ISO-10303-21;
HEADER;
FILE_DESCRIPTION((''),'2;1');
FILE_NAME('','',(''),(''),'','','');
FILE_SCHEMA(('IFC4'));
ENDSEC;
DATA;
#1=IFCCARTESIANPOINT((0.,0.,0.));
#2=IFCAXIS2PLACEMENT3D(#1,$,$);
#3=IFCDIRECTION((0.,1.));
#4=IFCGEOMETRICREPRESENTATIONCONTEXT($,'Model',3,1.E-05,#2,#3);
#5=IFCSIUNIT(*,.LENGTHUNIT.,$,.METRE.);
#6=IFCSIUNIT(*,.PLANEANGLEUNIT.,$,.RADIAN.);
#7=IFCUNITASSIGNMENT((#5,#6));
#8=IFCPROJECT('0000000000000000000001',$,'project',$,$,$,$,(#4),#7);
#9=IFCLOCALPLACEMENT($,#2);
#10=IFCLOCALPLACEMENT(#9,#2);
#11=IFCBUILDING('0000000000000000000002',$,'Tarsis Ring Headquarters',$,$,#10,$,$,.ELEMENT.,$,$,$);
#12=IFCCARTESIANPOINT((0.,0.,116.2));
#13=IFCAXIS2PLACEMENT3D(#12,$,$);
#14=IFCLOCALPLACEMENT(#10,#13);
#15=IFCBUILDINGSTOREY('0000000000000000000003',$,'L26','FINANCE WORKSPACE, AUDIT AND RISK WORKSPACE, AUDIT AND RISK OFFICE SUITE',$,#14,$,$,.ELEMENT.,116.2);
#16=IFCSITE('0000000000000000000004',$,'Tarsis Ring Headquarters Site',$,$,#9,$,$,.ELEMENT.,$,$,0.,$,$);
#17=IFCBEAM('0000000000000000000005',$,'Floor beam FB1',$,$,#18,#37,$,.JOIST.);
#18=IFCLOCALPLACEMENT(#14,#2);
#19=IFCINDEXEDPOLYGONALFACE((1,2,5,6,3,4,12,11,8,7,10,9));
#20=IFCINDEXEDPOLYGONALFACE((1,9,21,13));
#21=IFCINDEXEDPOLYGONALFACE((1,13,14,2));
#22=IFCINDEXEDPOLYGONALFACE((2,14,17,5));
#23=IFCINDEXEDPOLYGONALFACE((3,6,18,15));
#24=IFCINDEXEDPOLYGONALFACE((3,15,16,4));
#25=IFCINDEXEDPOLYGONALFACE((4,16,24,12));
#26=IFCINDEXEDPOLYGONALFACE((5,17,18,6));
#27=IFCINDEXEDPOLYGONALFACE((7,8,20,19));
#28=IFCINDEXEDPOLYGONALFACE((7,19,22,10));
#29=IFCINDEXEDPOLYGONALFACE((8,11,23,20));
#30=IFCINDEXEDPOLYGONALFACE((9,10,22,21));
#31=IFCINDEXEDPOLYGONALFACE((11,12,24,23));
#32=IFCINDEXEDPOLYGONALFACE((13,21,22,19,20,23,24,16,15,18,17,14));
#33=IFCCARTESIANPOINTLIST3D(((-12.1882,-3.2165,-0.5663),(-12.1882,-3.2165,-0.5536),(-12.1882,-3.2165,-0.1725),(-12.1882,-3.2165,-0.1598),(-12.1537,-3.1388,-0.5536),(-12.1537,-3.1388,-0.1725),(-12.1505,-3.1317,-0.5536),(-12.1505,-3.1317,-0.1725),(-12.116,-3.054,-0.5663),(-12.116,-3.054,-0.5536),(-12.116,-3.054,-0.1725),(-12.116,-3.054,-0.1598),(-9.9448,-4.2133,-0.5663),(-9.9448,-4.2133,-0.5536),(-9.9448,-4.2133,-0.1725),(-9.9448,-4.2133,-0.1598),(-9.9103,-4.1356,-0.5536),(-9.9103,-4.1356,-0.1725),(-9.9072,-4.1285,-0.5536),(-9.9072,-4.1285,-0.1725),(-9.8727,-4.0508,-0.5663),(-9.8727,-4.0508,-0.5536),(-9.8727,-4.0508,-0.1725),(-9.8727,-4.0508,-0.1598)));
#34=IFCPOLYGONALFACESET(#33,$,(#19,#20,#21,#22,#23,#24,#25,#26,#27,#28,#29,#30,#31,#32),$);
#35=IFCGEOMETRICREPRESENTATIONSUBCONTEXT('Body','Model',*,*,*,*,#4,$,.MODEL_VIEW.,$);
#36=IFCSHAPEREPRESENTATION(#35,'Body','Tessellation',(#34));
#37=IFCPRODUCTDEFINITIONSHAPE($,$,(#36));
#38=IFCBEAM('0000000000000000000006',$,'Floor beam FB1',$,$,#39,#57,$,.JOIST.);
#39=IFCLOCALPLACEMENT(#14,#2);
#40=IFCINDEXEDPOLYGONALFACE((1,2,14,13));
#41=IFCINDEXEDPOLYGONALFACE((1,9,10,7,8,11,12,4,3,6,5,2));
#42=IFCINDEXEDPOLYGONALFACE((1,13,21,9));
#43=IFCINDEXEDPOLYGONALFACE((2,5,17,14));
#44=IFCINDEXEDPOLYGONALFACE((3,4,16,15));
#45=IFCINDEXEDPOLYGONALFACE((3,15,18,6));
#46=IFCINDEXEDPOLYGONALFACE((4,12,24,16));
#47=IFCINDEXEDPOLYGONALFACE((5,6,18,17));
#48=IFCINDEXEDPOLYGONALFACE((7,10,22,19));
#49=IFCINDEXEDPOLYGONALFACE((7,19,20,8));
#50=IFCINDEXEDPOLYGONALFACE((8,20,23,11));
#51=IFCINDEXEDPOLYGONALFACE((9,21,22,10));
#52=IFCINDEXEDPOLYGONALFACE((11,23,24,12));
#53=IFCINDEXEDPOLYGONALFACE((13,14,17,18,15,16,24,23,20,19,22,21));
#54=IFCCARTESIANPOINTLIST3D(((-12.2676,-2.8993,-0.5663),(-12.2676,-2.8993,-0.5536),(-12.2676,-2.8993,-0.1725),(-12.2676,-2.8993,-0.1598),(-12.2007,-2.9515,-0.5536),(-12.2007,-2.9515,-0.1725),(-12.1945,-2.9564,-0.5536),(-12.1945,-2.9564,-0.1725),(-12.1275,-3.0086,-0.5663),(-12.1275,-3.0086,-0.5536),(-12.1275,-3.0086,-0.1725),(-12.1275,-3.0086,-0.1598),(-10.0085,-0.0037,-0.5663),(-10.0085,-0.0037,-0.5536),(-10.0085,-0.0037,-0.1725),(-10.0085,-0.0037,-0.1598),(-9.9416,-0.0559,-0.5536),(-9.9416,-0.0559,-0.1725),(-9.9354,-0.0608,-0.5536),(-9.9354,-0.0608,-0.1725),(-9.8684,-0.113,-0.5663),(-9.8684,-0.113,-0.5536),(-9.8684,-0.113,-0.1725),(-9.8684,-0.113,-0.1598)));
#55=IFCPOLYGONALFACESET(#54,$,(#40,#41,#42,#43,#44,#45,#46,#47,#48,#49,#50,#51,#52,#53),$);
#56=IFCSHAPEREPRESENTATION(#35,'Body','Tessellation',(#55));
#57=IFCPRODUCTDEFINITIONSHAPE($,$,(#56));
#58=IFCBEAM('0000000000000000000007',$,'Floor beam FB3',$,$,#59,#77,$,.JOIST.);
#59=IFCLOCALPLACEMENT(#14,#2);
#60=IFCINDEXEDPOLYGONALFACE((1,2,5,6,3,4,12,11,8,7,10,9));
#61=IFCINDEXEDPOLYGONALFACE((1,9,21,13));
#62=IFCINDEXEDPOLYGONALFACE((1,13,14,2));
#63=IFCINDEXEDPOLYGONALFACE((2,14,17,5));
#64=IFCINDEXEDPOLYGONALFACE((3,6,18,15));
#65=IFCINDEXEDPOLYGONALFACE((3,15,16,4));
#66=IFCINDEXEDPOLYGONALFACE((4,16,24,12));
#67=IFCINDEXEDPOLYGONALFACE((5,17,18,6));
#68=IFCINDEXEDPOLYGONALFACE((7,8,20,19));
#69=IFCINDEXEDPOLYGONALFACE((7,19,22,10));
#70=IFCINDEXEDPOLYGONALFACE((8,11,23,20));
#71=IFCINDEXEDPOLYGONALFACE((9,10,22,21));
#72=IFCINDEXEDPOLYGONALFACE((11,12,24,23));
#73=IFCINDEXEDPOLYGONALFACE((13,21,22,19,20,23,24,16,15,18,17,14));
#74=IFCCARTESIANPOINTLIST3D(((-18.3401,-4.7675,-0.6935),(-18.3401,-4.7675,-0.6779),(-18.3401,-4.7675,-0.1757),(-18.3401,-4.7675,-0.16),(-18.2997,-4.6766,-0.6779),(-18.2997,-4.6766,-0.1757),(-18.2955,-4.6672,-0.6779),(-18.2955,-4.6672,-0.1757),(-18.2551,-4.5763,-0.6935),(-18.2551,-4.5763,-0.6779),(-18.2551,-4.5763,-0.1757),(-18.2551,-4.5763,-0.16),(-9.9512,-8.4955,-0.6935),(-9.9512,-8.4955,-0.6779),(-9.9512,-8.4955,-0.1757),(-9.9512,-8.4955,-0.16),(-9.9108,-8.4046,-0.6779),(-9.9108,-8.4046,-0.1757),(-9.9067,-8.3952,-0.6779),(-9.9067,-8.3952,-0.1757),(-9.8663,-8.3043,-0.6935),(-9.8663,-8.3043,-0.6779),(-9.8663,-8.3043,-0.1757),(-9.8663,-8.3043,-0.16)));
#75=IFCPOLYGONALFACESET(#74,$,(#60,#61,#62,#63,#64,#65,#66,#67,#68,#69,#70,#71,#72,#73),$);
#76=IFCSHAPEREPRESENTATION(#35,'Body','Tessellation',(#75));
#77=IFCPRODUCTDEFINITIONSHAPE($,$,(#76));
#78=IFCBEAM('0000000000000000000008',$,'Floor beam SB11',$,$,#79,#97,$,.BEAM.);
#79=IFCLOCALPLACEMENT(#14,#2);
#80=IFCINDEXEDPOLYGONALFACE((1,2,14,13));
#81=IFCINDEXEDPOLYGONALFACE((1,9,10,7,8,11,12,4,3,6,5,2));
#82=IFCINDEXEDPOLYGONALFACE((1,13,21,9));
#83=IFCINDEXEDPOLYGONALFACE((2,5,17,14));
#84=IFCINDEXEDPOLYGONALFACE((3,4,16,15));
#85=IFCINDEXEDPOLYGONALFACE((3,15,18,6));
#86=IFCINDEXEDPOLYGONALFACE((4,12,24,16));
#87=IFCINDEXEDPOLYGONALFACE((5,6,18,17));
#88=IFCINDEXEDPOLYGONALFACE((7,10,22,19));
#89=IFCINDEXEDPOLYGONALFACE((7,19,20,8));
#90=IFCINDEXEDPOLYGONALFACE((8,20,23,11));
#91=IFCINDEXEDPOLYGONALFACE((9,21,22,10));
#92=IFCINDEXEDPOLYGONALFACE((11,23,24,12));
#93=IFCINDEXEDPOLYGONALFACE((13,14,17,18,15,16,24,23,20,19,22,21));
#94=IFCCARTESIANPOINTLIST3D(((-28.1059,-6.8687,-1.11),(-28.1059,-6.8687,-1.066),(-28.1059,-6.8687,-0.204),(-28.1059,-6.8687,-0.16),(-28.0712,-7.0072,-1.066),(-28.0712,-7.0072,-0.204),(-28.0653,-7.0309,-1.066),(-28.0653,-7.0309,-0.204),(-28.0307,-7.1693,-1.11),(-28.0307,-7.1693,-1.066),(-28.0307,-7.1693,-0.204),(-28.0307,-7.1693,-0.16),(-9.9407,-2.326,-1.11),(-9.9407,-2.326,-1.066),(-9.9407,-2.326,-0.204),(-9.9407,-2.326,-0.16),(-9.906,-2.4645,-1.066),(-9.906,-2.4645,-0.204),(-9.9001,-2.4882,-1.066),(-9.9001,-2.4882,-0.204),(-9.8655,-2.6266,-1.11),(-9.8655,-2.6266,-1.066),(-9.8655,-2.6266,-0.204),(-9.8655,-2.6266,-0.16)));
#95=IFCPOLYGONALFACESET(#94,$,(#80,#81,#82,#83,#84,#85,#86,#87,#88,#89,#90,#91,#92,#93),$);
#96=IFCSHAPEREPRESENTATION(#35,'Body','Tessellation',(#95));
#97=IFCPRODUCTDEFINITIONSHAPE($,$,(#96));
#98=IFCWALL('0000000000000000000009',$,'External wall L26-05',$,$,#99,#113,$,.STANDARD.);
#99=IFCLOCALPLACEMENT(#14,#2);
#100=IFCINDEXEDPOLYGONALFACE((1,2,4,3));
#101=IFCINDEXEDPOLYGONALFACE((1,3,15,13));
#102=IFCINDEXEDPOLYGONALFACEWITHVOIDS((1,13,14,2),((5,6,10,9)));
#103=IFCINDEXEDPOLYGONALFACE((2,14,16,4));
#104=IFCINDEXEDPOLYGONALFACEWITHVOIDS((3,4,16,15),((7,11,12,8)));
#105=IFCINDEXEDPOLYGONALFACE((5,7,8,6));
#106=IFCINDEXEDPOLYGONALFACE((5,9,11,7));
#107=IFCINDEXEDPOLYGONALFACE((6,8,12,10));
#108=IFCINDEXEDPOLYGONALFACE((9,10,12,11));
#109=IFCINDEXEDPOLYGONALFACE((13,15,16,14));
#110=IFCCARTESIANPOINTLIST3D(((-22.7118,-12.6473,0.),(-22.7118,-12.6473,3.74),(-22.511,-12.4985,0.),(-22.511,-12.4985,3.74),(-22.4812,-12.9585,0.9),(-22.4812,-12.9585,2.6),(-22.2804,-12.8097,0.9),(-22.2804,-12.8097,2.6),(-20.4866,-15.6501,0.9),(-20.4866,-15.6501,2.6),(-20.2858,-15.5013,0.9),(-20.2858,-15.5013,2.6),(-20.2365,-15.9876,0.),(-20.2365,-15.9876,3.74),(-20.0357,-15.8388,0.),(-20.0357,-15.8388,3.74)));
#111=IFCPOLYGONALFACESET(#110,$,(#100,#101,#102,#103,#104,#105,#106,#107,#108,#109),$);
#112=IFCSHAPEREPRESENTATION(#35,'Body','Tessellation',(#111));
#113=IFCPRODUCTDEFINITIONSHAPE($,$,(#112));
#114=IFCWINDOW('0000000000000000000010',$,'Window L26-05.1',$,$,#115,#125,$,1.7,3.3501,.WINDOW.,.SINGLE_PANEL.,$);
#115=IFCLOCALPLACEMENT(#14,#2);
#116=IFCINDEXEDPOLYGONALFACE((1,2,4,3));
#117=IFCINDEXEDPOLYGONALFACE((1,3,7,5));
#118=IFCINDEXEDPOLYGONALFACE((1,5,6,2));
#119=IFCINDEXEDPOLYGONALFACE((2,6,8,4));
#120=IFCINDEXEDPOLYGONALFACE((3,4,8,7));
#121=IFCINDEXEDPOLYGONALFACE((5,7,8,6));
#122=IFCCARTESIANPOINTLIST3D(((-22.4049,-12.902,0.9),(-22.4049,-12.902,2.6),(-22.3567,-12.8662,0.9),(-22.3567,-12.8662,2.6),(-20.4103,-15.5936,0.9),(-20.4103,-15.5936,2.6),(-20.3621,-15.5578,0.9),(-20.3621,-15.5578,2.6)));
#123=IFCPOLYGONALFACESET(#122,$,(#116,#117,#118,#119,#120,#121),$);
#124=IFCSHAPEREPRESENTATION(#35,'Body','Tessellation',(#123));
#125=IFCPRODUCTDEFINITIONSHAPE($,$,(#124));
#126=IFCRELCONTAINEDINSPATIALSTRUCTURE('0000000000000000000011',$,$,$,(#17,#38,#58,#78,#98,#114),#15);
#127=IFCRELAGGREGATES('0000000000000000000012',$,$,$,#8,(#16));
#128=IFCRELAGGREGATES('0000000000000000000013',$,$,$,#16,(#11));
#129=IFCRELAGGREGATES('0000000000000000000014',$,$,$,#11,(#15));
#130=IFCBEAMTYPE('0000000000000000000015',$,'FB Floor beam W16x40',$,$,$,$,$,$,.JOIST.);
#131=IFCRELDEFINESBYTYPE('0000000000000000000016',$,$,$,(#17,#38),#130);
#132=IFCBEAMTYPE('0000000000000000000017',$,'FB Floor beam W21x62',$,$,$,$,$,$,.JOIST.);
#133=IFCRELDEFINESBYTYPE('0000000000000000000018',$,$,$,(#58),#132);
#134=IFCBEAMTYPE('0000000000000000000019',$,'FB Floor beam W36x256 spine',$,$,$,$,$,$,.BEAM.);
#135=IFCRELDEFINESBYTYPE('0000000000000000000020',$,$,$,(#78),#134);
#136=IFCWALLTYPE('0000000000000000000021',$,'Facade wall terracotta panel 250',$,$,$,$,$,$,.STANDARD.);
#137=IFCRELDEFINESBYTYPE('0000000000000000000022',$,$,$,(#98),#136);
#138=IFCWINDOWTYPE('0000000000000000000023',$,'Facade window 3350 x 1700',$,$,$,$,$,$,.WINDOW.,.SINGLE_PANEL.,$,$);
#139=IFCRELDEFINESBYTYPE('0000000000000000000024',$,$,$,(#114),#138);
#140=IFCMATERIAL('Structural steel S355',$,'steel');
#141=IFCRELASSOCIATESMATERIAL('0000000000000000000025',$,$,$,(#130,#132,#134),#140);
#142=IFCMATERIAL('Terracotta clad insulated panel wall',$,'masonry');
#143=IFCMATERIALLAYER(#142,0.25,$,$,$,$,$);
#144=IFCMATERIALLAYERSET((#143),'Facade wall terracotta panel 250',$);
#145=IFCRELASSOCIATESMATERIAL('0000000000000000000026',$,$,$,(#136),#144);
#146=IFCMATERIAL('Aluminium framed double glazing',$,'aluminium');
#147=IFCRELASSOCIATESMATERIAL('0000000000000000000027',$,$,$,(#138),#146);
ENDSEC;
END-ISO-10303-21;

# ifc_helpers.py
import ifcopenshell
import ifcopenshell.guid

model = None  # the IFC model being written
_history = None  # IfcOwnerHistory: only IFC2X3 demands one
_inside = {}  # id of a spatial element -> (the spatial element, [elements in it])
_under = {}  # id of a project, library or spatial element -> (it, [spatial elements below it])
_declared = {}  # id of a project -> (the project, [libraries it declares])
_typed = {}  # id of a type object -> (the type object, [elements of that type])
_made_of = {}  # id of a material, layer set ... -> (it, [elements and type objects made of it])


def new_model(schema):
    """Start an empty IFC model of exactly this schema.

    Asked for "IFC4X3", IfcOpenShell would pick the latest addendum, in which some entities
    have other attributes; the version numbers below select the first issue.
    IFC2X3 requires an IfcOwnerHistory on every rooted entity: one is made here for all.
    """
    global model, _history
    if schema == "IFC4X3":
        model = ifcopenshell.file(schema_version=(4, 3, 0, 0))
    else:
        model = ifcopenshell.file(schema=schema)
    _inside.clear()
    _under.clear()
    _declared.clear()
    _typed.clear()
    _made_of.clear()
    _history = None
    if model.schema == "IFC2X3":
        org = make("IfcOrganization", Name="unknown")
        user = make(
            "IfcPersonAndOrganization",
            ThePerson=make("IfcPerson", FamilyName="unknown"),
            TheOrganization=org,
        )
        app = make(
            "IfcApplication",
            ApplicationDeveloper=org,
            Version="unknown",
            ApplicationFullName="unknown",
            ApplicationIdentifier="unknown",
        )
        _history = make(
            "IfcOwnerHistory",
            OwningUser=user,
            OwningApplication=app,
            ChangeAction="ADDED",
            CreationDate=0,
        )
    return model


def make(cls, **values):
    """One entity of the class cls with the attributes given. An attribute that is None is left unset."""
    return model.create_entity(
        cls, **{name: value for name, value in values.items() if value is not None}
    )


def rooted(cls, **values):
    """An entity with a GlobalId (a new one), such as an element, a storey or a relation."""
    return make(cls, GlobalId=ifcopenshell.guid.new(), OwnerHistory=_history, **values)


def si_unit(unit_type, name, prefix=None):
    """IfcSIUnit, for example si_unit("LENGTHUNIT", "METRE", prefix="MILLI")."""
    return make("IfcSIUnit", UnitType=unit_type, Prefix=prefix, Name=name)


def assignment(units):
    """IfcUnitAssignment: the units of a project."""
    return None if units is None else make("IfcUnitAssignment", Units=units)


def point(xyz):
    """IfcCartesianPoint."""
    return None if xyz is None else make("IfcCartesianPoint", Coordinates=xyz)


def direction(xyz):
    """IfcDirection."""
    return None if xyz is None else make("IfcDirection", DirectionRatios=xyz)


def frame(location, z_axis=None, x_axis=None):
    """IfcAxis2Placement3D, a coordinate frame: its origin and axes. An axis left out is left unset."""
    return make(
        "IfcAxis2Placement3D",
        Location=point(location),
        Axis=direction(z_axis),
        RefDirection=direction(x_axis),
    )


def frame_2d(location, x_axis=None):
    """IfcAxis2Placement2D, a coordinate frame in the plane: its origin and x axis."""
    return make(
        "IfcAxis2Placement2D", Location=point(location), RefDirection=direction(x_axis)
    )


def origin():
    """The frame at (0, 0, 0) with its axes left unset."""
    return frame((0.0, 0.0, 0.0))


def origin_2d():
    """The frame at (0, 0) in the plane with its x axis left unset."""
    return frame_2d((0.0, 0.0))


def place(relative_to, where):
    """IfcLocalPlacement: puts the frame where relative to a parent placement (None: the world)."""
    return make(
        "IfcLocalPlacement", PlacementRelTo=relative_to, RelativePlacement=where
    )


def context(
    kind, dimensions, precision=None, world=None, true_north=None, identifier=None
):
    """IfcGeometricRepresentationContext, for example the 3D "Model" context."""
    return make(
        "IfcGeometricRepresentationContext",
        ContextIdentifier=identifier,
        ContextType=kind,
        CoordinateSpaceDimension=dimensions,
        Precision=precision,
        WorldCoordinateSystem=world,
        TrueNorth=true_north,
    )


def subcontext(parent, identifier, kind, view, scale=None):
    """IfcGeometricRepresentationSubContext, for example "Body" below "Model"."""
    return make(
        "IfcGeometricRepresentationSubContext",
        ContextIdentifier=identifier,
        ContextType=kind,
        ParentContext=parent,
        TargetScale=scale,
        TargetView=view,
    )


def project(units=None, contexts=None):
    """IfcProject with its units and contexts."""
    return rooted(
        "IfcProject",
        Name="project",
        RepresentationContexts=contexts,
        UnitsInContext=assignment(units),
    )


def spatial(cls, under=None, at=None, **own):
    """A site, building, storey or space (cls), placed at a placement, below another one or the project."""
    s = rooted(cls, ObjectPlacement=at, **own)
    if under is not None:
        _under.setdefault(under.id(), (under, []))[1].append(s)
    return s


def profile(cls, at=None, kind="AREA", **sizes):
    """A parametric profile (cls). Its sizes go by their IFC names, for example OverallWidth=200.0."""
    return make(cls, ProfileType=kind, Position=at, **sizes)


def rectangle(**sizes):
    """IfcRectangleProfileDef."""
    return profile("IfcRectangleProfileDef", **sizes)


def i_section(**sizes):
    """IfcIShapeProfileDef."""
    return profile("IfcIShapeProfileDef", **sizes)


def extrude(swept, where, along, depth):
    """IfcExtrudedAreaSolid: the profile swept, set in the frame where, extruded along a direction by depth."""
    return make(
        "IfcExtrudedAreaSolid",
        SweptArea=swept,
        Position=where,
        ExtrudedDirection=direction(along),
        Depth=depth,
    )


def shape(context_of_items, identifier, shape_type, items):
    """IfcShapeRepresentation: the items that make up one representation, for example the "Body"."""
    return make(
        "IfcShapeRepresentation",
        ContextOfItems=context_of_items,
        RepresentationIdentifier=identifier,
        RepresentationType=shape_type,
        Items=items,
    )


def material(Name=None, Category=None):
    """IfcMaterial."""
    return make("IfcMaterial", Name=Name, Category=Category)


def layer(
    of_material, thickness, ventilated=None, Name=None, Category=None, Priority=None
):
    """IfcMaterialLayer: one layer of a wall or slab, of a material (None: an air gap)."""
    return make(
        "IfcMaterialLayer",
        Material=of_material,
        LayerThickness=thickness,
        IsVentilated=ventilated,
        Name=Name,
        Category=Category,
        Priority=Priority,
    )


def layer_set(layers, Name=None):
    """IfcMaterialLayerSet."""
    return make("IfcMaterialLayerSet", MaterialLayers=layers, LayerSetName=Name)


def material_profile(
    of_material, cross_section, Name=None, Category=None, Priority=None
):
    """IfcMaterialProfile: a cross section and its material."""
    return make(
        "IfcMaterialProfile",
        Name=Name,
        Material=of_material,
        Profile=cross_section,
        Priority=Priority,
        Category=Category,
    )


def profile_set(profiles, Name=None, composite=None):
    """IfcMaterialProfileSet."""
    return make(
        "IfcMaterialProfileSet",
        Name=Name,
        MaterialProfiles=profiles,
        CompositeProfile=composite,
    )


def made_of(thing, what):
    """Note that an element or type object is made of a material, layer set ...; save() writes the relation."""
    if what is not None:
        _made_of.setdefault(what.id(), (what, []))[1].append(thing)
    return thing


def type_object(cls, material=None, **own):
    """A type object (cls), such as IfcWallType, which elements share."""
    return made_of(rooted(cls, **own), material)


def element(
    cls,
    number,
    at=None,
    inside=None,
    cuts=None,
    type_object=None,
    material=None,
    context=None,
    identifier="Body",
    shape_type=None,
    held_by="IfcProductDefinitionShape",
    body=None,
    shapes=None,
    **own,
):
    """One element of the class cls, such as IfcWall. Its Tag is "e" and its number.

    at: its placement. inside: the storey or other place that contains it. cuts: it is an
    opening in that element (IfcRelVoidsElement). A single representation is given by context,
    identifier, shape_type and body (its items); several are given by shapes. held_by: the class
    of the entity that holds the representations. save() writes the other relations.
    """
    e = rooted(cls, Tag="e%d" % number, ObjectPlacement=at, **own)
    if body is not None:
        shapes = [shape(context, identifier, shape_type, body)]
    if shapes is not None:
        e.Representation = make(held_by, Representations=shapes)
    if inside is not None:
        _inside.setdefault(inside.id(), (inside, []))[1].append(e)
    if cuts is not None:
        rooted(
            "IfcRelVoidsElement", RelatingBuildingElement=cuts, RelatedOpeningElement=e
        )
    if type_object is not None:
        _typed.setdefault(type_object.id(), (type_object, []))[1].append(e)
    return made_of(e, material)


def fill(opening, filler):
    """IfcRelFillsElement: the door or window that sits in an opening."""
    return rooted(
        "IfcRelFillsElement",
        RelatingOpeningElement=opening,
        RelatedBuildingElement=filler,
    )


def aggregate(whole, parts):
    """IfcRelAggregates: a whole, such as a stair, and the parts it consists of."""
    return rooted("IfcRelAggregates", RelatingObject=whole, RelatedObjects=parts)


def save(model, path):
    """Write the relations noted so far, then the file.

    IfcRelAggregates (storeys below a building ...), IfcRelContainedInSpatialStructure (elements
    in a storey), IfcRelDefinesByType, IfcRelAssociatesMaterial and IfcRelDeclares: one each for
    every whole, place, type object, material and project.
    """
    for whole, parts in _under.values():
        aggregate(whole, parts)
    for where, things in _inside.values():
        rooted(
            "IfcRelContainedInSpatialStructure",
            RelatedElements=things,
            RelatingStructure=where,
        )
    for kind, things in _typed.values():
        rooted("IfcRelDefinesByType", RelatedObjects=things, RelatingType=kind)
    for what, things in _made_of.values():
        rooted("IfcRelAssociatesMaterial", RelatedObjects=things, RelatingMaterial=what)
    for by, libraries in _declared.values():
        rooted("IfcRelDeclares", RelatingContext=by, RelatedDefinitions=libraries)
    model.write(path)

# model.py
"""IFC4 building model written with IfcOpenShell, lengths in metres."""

from ifc_helpers import new_model, si_unit, direction, frame, frame_2d, origin, origin_2d, place, context, subcontext, project, spatial, rectangle, i_section, extrude, material, layer, layer_set, material_profile, profile_set, type_object, element, fill, save


model = new_model("IFC4")

# Units and contexts
model_context = context("Model", 3, precision=1e-05, world=origin(), true_north=direction((0.0, 1.0)))
body_context = subcontext(model_context, "Body", "Model", "MODEL_VIEW")
ifc_project = project(units=[si_unit("LENGTHUNIT", "METRE"), si_unit("PLANEANGLEUNIT", "RADIAN")], contexts=[model_context])

# Site, building, storey
site_placement = place(None, origin())
site = spatial("IfcSite", under=ifc_project, at=site_placement, Name="Tarsis Ring Headquarters Site", CompositionType="ELEMENT", RefElevation=0.0)
building_placement = place(site_placement, origin())
building = spatial("IfcBuilding", under=site, at=building_placement, Name="Tarsis Ring Headquarters", CompositionType="ELEMENT")
storey_placement = place(building_placement, frame((0.0, 0.0, 116.2)))
storey = spatial("IfcBuildingStorey", under=building, at=storey_placement, Name="L26", Description="FINANCE WORKSPACE, AUDIT AND RISK WORKSPACE, AUDIT AND RISK OFFICE SUITE", CompositionType="ELEMENT", Elevation=116.2)

# Beams
ifc_material_1 = material(Name="Structural steel S355", Category="steel")
ifc_material_profile_1 = material_profile(ifc_material_1, i_section(OverallWidth=0.1777, OverallDepth=0.4065, WebThickness=0.0078, FlangeThickness=0.0127, at=origin_2d()), Name="W16x40")
ifc_profile_set_1 = profile_set([ifc_material_profile_1], Name="Structural steel S355")
beam_type_1 = type_object("IfcBeamType", Name="FB Floor beam W16x40", PredefinedType="JOIST", material=ifc_profile_set_1)
beam_1_placement = place(storey_placement, frame((-12.1521, -3.1353, -0.363), z_axis=(0.913848, -0.406055, 0.0), x_axis=(0.406055, 0.913848, 0.0)))
element("IfcBeam", 1, at=beam_1_placement, inside=storey, type_object=beam_type_1, Name="Floor beam FB1", PredefinedType="JOIST", context=body_context, shape_type="SweptSolid", body=[
    extrude(i_section(OverallWidth=0.1777, OverallDepth=0.4065, WebThickness=0.0078, FlangeThickness=0.0127, at=origin_2d()), origin(), (0.0, 0.0, 1.0), 2.4548),
])
beam_2_placement = place(storey_placement, frame((-9.9385, -0.0583, -0.363), z_axis=(-0.615123, -0.788431, 0.0), x_axis=(0.788431, -0.615123, 0.0)))
element("IfcBeam", 2, at=beam_2_placement, inside=storey, type_object=beam_type_1, Name="Floor beam FB1", PredefinedType="JOIST", context=body_context, shape_type="SweptSolid", body=[
    extrude(i_section(OverallWidth=0.1777, OverallDepth=0.4065, WebThickness=0.0078, FlangeThickness=0.0127, at=origin_2d()), origin(), (0.0, 0.0, 1.0), 3.6726),
])
ifc_material_profile_2 = material_profile(ifc_material_1, i_section(OverallWidth=0.2092, OverallDepth=0.5334, WebThickness=0.0103, FlangeThickness=0.0156, at=origin_2d()), Name="W21x62")
ifc_profile_set_2 = profile_set([ifc_material_profile_2], Name="Structural steel S355")
beam_type_2 = type_object("IfcBeamType", Name="FB Floor beam W21x62", PredefinedType="JOIST", material=ifc_profile_set_2)
beam_3_placement = place(storey_placement, frame((-18.2976, -4.6719, -0.4268), z_axis=(0.913827, -0.406104, 0.0), x_axis=(0.406104, 0.913827, 0.0)))
element("IfcBeam", 3, at=beam_3_placement, inside=storey, type_object=beam_type_2, Name="Floor beam FB3", PredefinedType="JOIST", context=body_context, shape_type="SweptSolid", body=[
    extrude(i_section(OverallWidth=0.2092, OverallDepth=0.5334, WebThickness=0.0103, FlangeThickness=0.0156, at=origin_2d()), origin(), (0.0, 0.0, 1.0), 9.1799),
])
ifc_material_profile_3 = material_profile(ifc_material_1, i_section(OverallWidth=0.3098, OverallDepth=0.95, WebThickness=0.0244, FlangeThickness=0.0439, at=origin_2d()), Name="W36x256")
ifc_profile_set_3 = profile_set([ifc_material_profile_3], Name="Structural steel S355")
beam_type_3 = type_object("IfcBeamType", Name="FB Floor beam W36x256 spine", PredefinedType="BEAM", material=ifc_profile_set_3)
beam_4_placement = place(storey_placement, frame((-9.9031, -2.4763, -0.635), z_axis=(-0.970125, -0.242606, 0.0), x_axis=(0.242606, -0.970125, 0.0)))
element("IfcBeam", 4, at=beam_4_placement, inside=storey, type_object=beam_type_3, Name="Floor beam SB11", PredefinedType="BEAM", context=body_context, shape_type="SweptSolid", body=[
    extrude(i_section(OverallWidth=0.3098, OverallDepth=0.95, WebThickness=0.0244, FlangeThickness=0.0439, at=origin_2d()), origin(), (0.0, 0.0, 1.0), 18.7246),
])

# Wall, opening, window
ifc_material_2 = material(Name="Terracotta clad insulated panel wall", Category="masonry")
ifc_layer = layer(ifc_material_2, 0.25)
ifc_layer_set = layer_set([ifc_layer], Name="Facade wall terracotta panel 250")
wall_type = type_object("IfcWallType", Name="Facade wall terracotta panel 250", PredefinedType="STANDARD", material=ifc_layer_set)
wall_placement = place(storey_placement, frame((-22.6113, -12.573, 0.0), z_axis=(0.0, 0.0, 1.0), x_axis=(0.595386, -0.80344, 0.0)))
wall = element("IfcWall", 5, at=wall_placement, inside=storey, type_object=wall_type, Name="External wall L26-05", PredefinedType="STANDARD", context=body_context, shape_type="SweptSolid", body=[
    extrude(rectangle(XDim=4.1575, YDim=0.25, at=frame_2d((2.0786, 0.0))), origin(), (0.0, 0.0, 1.0), 3.74),
])
opening_placement = place(wall_placement, frame((0.3872, 0.0, 0.8999)))
opening = element("IfcOpeningElement", 6, at=opening_placement, cuts=wall, PredefinedType="OPENING", context=body_context, shape_type="SweptSolid", body=[
    extrude(rectangle(XDim=3.3501, YDim=1.7, at=frame_2d((1.675, 0.8501))), frame((0.0, 0.135, 0.0), z_axis=(0.0, -1.0, 0.0), x_axis=(1.0, 0.0, 0.0)), (0.0, 0.0, 1.0), 0.27),
])
ifc_material_3 = material(Name="Aluminium framed double glazing", Category="aluminium")
window_type = type_object("IfcWindowType", Name="Facade window 3350 x 1700", PartitioningType="SINGLE_PANEL", PredefinedType="WINDOW", material=ifc_material_3)
window_placement = place(opening_placement, origin())
window = element("IfcWindow", 7, at=window_placement, inside=storey, type_object=window_type, Name="Window L26-05.1", OverallHeight=1.7, OverallWidth=3.3501, PartitioningType="SINGLE_PANEL", PredefinedType="WINDOW", context=body_context, shape_type="SweptSolid", body=[
    extrude(rectangle(XDim=3.3501, YDim=1.7, at=frame_2d((1.675, 0.8501))), frame((0.0, 0.03, 0.0), z_axis=(0.0, -1.0, 0.0), x_axis=(1.0, 0.0, 0.0)), (0.0, 0.0, 1.0), 0.0601),
])
fill(opening, window)

save(model, "model.ifc")
